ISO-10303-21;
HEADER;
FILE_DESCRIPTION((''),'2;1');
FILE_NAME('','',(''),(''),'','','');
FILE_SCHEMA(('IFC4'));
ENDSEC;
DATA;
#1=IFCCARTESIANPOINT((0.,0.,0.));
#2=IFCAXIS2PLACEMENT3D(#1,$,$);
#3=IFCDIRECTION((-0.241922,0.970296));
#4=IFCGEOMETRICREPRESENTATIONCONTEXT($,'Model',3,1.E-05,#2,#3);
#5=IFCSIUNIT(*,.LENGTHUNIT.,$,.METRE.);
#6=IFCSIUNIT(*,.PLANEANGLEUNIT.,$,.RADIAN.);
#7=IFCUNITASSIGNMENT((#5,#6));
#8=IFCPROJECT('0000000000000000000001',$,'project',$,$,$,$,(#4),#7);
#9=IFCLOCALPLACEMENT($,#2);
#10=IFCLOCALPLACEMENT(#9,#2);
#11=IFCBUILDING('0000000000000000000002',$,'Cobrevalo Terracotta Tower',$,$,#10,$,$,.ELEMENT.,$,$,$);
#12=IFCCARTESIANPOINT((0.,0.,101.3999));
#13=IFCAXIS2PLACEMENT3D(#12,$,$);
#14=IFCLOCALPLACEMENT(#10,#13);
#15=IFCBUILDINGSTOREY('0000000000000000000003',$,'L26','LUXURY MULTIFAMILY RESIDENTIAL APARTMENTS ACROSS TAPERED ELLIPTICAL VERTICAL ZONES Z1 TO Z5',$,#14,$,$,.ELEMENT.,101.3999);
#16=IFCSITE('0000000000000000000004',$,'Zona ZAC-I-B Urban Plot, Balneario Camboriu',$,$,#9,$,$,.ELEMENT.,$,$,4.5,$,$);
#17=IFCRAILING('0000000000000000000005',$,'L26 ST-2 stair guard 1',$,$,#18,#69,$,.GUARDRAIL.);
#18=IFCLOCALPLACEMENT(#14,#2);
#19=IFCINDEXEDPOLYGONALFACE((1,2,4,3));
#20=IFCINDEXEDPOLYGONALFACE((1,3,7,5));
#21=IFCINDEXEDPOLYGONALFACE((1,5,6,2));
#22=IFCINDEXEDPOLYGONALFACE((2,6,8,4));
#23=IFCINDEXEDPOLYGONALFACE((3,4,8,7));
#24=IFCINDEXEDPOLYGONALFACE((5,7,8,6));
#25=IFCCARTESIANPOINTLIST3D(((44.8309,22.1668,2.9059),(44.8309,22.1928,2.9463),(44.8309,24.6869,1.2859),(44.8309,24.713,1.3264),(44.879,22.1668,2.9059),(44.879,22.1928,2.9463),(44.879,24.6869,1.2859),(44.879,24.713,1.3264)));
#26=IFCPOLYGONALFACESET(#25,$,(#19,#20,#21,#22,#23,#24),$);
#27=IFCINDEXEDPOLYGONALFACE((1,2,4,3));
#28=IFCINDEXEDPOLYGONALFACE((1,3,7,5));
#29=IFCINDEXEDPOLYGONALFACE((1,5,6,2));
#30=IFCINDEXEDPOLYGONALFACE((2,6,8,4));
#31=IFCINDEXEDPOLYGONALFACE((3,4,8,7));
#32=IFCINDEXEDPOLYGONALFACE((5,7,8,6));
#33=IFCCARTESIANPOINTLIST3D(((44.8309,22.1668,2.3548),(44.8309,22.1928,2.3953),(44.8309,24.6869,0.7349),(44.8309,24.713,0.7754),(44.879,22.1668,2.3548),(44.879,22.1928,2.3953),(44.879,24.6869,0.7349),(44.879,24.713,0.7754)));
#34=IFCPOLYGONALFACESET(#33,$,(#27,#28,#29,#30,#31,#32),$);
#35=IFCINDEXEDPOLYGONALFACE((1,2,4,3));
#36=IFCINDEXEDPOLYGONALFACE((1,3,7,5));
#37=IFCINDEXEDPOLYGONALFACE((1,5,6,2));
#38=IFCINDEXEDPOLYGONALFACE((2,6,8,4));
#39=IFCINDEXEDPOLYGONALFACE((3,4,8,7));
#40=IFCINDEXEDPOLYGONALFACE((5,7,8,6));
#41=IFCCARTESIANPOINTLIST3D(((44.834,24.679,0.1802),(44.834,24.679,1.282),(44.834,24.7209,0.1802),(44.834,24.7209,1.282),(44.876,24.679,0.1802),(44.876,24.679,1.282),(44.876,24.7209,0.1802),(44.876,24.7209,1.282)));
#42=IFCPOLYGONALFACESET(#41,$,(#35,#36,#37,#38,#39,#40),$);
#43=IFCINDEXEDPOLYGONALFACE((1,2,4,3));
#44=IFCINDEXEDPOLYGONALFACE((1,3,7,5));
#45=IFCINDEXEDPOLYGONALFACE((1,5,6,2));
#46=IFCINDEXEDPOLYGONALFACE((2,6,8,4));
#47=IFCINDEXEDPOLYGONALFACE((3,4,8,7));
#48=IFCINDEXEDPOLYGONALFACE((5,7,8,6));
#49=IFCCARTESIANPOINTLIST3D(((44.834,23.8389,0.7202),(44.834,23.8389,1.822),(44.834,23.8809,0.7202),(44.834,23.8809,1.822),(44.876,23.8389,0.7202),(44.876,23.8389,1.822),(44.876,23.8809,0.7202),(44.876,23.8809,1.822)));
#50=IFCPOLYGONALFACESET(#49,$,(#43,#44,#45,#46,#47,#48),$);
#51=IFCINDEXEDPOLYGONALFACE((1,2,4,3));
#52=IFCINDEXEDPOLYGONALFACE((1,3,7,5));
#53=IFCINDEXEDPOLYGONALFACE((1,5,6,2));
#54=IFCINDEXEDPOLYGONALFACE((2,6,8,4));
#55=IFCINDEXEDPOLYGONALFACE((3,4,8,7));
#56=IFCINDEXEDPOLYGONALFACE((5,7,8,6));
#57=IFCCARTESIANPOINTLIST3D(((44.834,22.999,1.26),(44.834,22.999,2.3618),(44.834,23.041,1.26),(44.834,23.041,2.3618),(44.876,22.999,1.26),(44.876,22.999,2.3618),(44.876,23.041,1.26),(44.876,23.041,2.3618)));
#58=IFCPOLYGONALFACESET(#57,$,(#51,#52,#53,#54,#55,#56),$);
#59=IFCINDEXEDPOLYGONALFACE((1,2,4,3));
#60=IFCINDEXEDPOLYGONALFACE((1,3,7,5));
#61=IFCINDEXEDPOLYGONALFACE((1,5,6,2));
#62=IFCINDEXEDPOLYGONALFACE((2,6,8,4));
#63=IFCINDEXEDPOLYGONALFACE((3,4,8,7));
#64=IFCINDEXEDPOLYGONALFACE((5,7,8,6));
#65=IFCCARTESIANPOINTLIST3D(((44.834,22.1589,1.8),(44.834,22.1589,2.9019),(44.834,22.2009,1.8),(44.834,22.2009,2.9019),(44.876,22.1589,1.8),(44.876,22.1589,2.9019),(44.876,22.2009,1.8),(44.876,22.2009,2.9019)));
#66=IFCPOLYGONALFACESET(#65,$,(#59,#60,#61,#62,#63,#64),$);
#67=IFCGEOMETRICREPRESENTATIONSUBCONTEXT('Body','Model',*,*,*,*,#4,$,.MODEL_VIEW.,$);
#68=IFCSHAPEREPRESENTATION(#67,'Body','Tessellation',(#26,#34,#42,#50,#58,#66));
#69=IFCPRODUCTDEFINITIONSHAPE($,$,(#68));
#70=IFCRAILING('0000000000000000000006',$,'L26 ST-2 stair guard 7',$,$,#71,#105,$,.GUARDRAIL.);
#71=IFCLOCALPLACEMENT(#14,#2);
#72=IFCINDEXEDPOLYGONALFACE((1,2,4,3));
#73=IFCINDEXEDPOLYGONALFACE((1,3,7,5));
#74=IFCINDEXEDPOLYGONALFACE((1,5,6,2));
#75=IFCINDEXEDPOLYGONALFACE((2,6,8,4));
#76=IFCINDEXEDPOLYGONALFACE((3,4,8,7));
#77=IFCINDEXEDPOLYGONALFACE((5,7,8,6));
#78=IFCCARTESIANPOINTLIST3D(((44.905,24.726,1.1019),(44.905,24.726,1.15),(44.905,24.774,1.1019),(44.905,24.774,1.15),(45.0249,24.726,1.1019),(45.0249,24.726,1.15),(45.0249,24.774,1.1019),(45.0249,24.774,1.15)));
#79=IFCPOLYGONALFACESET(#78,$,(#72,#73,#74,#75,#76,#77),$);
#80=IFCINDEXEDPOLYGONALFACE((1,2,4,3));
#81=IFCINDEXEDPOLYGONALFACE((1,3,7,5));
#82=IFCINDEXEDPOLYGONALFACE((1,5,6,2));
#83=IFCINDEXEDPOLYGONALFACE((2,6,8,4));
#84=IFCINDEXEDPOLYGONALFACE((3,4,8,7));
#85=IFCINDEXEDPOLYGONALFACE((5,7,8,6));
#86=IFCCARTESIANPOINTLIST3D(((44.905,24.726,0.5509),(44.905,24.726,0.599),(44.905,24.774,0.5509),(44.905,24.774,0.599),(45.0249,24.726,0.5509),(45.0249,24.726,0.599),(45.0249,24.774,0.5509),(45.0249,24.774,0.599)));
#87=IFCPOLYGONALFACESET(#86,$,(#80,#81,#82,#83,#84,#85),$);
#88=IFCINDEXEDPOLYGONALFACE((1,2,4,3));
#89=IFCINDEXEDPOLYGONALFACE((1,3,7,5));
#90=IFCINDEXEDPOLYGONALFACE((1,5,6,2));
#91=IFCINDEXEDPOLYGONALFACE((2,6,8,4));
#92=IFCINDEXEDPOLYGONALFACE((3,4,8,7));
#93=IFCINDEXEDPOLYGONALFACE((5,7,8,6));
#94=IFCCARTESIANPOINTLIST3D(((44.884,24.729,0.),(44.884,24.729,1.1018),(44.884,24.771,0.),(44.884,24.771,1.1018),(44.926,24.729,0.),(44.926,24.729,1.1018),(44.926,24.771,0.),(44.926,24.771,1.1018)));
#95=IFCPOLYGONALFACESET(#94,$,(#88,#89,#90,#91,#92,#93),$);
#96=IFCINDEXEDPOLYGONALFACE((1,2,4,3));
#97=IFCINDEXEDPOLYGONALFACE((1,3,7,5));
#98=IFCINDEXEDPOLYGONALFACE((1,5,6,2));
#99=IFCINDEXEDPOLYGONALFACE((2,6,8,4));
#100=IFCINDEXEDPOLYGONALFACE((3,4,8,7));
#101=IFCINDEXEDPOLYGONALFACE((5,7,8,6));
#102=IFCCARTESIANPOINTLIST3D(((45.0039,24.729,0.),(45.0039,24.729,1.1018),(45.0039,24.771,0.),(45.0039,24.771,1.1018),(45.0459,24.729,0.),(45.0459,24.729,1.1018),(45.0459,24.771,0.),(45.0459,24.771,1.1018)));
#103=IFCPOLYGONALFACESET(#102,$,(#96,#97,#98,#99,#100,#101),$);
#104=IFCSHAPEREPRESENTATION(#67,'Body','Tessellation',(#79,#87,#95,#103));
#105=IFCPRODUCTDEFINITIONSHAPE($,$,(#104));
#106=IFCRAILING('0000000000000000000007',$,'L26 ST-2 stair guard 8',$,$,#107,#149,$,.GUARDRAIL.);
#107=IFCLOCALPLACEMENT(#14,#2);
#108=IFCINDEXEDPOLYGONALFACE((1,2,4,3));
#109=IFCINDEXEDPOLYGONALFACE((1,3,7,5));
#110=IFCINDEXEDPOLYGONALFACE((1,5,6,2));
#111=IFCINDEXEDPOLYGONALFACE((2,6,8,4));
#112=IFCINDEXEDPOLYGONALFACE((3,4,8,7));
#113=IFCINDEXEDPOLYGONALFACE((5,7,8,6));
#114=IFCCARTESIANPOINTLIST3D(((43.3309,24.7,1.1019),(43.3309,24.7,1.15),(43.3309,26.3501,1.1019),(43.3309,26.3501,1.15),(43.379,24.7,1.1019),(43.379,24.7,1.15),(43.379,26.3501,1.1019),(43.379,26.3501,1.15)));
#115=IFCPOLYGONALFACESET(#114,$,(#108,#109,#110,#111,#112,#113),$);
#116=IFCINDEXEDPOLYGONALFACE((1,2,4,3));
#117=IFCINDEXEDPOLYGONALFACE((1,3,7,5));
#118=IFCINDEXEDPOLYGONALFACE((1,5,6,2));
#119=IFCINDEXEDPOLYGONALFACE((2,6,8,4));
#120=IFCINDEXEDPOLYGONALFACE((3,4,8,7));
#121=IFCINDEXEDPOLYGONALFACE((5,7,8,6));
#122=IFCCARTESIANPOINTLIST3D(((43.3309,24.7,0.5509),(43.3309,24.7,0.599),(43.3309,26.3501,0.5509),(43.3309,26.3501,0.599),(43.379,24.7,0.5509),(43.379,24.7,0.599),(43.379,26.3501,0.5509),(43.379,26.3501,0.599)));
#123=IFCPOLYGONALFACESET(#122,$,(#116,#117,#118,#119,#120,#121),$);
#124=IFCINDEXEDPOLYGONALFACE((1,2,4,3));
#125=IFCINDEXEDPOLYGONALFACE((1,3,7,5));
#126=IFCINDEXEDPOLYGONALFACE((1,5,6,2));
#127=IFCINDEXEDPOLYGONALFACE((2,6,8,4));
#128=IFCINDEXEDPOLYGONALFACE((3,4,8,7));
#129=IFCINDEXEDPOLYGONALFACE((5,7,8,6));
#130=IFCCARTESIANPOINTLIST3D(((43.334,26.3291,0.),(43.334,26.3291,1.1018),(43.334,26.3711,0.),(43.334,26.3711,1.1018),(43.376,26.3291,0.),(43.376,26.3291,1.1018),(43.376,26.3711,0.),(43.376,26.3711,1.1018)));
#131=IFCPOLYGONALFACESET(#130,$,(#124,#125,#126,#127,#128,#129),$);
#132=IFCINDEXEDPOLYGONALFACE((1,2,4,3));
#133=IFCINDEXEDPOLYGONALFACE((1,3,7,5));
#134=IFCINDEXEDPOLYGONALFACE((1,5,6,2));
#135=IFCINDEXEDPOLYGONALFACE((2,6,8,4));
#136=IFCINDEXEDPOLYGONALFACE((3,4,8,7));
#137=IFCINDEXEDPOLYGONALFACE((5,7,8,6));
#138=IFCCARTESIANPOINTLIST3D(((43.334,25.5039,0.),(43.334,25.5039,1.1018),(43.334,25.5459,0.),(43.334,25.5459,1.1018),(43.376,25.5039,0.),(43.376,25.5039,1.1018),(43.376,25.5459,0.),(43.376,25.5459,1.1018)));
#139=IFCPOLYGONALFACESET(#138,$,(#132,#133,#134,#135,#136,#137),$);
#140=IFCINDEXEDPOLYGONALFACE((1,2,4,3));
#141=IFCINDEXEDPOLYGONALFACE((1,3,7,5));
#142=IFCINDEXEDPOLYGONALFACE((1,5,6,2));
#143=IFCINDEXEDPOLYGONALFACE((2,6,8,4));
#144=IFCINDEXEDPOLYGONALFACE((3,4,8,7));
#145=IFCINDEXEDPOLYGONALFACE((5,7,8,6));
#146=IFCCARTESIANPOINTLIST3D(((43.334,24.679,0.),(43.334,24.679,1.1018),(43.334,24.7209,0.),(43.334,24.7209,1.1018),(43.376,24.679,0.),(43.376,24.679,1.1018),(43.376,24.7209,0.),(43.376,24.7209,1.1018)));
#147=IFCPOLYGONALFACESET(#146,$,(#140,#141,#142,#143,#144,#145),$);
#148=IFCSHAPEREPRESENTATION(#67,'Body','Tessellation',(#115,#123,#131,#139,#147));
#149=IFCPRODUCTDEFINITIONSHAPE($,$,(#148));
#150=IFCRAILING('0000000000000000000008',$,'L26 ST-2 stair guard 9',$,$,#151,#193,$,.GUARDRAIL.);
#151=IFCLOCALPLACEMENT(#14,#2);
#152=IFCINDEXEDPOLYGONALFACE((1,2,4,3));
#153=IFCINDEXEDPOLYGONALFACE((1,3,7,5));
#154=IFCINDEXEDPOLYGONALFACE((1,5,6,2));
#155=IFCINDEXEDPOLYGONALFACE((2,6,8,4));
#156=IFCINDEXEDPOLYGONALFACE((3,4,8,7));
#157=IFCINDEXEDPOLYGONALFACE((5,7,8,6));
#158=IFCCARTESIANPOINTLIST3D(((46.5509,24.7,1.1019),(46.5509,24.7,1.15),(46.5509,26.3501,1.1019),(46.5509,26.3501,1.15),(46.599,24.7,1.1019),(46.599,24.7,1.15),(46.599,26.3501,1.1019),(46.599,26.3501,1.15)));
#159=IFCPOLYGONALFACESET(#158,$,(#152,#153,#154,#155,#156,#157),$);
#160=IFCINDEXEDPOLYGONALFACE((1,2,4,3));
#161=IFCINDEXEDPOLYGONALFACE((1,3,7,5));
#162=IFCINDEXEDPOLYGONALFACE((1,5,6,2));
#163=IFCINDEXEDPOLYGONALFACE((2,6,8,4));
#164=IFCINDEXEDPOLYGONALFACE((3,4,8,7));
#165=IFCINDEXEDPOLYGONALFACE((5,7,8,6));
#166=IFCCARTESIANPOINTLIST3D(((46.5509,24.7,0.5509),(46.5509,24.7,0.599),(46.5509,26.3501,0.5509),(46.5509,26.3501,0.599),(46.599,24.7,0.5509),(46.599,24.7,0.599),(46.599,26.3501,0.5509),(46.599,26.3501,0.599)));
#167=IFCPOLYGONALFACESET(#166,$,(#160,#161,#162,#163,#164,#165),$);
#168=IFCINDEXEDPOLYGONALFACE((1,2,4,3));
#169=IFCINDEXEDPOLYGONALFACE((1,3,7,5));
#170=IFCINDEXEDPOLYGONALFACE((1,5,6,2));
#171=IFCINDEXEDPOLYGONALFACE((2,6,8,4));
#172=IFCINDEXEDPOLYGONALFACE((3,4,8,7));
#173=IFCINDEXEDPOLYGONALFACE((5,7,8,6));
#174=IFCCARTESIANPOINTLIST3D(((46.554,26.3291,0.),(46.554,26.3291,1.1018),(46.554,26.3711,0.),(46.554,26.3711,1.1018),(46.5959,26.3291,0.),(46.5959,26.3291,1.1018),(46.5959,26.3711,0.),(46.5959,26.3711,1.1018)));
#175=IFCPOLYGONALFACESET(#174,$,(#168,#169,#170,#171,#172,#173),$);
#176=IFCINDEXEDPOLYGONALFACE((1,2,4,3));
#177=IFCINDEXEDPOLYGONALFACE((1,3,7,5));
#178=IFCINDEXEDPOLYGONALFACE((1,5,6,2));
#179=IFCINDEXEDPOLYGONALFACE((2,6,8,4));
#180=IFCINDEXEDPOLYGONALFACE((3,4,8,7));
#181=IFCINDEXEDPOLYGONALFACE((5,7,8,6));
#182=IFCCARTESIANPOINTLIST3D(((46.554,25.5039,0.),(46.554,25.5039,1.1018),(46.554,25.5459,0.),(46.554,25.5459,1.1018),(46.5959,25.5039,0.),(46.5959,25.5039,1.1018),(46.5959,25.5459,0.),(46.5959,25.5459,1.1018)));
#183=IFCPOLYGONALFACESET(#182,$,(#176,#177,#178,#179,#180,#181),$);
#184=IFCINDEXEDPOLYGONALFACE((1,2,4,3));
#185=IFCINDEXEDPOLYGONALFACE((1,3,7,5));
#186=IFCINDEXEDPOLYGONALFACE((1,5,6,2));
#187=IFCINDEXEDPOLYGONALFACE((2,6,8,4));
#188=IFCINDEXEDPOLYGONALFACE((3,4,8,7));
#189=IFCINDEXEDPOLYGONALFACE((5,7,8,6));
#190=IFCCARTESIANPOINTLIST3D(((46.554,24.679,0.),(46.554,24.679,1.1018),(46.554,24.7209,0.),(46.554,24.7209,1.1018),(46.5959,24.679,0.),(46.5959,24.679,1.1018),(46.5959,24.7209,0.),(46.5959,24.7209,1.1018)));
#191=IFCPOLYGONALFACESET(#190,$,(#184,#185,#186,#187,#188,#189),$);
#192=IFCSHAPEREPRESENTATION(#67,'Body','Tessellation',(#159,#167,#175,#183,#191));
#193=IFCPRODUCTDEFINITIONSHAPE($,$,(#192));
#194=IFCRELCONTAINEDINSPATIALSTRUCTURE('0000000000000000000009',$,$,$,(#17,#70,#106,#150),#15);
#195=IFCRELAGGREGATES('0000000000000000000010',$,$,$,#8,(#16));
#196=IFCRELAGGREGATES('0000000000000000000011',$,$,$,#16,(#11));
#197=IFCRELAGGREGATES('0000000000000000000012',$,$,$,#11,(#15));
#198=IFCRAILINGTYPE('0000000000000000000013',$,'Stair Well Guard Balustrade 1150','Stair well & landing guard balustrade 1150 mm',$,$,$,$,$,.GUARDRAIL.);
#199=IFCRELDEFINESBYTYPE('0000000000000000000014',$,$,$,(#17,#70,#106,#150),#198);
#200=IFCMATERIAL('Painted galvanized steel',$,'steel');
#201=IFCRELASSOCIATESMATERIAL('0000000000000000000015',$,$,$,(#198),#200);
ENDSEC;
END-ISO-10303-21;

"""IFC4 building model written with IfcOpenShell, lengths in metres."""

from ifc_helpers import new_model, si_unit, direction, frame, origin, origin_2d, place, context, subcontext, project, spatial, rectangle, extrude, material, type_object, element, save


model = new_model("IFC4")

# Units and contexts
model_context = context("Model", 3, precision=1e-05, world=origin(), true_north=direction((-0.241922, 0.970296)))
body_context = subcontext(model_context, "Body", "Model", "MODEL_VIEW")
ifc_project = project(units=[si_unit("LENGTHUNIT", "METRE"), si_unit("PLANEANGLEUNIT", "RADIAN")], contexts=[model_context])

# Site, building, storey
site_placement = place(None, origin())
site = spatial("IfcSite", under=ifc_project, at=site_placement, Name="Zona ZAC-I-B Urban Plot, Balneario Camboriu", CompositionType="ELEMENT", RefElevation=4.5)
building_placement = place(site_placement, origin())
building = spatial("IfcBuilding", under=site, at=building_placement, Name="Cobrevalo Terracotta Tower", CompositionType="ELEMENT")
storey_placement = place(building_placement, frame((0.0, 0.0, 101.3999)))
storey = spatial("IfcBuildingStorey", under=building, at=storey_placement, Name="L26", Description="LUXURY MULTIFAMILY RESIDENTIAL APARTMENTS ACROSS TAPERED ELLIPTICAL VERTICAL ZONES Z1 TO Z5", CompositionType="ELEMENT", Elevation=101.3999)

# Railings
ifc_material_1 = material(Name="Painted galvanized steel", Category="steel")
railing_type_1 = type_object("IfcRailingType", Name="Stair Well Guard Balustrade 1150", Description="Stair well & landing guard balustrade 1150 mm", PredefinedType="GUARDRAIL", material=ifc_material_1)
railing_1_placement = place(storey_placement, frame((44.855, 24.7, 0.1802)))
element("IfcRailing", 1, at=railing_1_placement, inside=storey, type_object=railing_type_1, Name="L26 ST-2 stair guard 1", PredefinedType="GUARDRAIL", context=body_context, shape_type="SweptSolid", body=[
    extrude(rectangle(XDim=0.0481, YDim=0.0481, at=origin_2d()), frame((0.0, 0.0, 1.126), z_axis=(0.0, -0.8412, 0.540725), x_axis=(1.0, 0.0, 0.0)), (0.0, 0.0, 1.0), 2.9958),
    extrude(rectangle(XDim=0.0481, YDim=0.0481, at=origin_2d()), frame((0.0, 0.0, 0.575), z_axis=(0.0, -0.8412, 0.540725), x_axis=(1.0, 0.0, 0.0)), (0.0, 0.0, 1.0), 2.9958),
    extrude(rectangle(XDim=0.042, YDim=0.042, at=origin_2d()), origin(), (0.0, 0.0, 1.0), 1.1018),
    extrude(rectangle(XDim=0.042, YDim=0.042, at=origin_2d()), frame((0.0, -0.8401, 0.54)), (0.0, 0.0, 1.0), 1.1018),
    extrude(rectangle(XDim=0.042, YDim=0.042, at=origin_2d()), frame((0.0, -1.6799, 1.0798)), (0.0, 0.0, 1.0), 1.1018),
    extrude(rectangle(XDim=0.042, YDim=0.042, at=origin_2d()), frame((0.0, -2.52, 1.6199)), (0.0, 0.0, 1.0), 1.1018),
])
railing_2_placement = place(storey_placement, frame((44.905, 24.75, 0.0)))
element("IfcRailing", 2, at=railing_2_placement, inside=storey, type_object=railing_type_1, Name="L26 ST-2 stair guard 7", PredefinedType="GUARDRAIL", context=body_context, shape_type="SweptSolid", body=[
    extrude(rectangle(XDim=0.0481, YDim=0.0481, at=origin_2d()), frame((0.0, 0.0, 1.126), z_axis=(1.0, 0.0, 0.0), x_axis=(0.0, 1.0, 0.0)), (0.0, 0.0, 1.0), 0.1199),
    extrude(rectangle(XDim=0.0481, YDim=0.0481, at=origin_2d()), frame((0.0, 0.0, 0.575), z_axis=(1.0, 0.0, 0.0), x_axis=(0.0, 1.0, 0.0)), (0.0, 0.0, 1.0), 0.1199),
    extrude(rectangle(XDim=0.042, YDim=0.042, at=origin_2d()), origin(), (0.0, 0.0, 1.0), 1.1018),
    extrude(rectangle(XDim=0.042, YDim=0.042, at=origin_2d()), frame((0.1199, 0.0, 0.0)), (0.0, 0.0, 1.0), 1.1018),
])
for number, where, name in (
    (3, (43.355, 26.3501, 0.0), "L26 ST-2 stair guard 8"),
    (4, (46.575, 26.3501, 0.0), "L26 ST-2 stair guard 9"),
):
    element("IfcRailing", number, at=place(storey_placement, frame(where)), inside=storey, type_object=railing_type_1, Name=name, PredefinedType="GUARDRAIL", context=body_context, shape_type="SweptSolid", body=[
        extrude(rectangle(XDim=0.0481, YDim=0.0481, at=origin_2d()), frame((0.0, 0.0, 1.126), z_axis=(0.0, -1.0, 0.0), x_axis=(1.0, 0.0, 0.0)), (0.0, 0.0, 1.0), 1.6501),
        extrude(rectangle(XDim=0.0481, YDim=0.0481, at=origin_2d()), frame((0.0, 0.0, 0.575), z_axis=(0.0, -1.0, 0.0), x_axis=(1.0, 0.0, 0.0)), (0.0, 0.0, 1.0), 1.6501),
        extrude(rectangle(XDim=0.042, YDim=0.042, at=origin_2d()), origin(), (0.0, 0.0, 1.0), 1.1018),
        extrude(rectangle(XDim=0.042, YDim=0.042, at=origin_2d()), frame((0.0, -0.8252, 0.0)), (0.0, 0.0, 1.0), 1.1018),
        extrude(rectangle(XDim=0.042, YDim=0.042, at=origin_2d()), frame((0.0, -1.6501, 0.0)), (0.0, 0.0, 1.0), 1.1018),
    ])

save(model, "model.ifc")
